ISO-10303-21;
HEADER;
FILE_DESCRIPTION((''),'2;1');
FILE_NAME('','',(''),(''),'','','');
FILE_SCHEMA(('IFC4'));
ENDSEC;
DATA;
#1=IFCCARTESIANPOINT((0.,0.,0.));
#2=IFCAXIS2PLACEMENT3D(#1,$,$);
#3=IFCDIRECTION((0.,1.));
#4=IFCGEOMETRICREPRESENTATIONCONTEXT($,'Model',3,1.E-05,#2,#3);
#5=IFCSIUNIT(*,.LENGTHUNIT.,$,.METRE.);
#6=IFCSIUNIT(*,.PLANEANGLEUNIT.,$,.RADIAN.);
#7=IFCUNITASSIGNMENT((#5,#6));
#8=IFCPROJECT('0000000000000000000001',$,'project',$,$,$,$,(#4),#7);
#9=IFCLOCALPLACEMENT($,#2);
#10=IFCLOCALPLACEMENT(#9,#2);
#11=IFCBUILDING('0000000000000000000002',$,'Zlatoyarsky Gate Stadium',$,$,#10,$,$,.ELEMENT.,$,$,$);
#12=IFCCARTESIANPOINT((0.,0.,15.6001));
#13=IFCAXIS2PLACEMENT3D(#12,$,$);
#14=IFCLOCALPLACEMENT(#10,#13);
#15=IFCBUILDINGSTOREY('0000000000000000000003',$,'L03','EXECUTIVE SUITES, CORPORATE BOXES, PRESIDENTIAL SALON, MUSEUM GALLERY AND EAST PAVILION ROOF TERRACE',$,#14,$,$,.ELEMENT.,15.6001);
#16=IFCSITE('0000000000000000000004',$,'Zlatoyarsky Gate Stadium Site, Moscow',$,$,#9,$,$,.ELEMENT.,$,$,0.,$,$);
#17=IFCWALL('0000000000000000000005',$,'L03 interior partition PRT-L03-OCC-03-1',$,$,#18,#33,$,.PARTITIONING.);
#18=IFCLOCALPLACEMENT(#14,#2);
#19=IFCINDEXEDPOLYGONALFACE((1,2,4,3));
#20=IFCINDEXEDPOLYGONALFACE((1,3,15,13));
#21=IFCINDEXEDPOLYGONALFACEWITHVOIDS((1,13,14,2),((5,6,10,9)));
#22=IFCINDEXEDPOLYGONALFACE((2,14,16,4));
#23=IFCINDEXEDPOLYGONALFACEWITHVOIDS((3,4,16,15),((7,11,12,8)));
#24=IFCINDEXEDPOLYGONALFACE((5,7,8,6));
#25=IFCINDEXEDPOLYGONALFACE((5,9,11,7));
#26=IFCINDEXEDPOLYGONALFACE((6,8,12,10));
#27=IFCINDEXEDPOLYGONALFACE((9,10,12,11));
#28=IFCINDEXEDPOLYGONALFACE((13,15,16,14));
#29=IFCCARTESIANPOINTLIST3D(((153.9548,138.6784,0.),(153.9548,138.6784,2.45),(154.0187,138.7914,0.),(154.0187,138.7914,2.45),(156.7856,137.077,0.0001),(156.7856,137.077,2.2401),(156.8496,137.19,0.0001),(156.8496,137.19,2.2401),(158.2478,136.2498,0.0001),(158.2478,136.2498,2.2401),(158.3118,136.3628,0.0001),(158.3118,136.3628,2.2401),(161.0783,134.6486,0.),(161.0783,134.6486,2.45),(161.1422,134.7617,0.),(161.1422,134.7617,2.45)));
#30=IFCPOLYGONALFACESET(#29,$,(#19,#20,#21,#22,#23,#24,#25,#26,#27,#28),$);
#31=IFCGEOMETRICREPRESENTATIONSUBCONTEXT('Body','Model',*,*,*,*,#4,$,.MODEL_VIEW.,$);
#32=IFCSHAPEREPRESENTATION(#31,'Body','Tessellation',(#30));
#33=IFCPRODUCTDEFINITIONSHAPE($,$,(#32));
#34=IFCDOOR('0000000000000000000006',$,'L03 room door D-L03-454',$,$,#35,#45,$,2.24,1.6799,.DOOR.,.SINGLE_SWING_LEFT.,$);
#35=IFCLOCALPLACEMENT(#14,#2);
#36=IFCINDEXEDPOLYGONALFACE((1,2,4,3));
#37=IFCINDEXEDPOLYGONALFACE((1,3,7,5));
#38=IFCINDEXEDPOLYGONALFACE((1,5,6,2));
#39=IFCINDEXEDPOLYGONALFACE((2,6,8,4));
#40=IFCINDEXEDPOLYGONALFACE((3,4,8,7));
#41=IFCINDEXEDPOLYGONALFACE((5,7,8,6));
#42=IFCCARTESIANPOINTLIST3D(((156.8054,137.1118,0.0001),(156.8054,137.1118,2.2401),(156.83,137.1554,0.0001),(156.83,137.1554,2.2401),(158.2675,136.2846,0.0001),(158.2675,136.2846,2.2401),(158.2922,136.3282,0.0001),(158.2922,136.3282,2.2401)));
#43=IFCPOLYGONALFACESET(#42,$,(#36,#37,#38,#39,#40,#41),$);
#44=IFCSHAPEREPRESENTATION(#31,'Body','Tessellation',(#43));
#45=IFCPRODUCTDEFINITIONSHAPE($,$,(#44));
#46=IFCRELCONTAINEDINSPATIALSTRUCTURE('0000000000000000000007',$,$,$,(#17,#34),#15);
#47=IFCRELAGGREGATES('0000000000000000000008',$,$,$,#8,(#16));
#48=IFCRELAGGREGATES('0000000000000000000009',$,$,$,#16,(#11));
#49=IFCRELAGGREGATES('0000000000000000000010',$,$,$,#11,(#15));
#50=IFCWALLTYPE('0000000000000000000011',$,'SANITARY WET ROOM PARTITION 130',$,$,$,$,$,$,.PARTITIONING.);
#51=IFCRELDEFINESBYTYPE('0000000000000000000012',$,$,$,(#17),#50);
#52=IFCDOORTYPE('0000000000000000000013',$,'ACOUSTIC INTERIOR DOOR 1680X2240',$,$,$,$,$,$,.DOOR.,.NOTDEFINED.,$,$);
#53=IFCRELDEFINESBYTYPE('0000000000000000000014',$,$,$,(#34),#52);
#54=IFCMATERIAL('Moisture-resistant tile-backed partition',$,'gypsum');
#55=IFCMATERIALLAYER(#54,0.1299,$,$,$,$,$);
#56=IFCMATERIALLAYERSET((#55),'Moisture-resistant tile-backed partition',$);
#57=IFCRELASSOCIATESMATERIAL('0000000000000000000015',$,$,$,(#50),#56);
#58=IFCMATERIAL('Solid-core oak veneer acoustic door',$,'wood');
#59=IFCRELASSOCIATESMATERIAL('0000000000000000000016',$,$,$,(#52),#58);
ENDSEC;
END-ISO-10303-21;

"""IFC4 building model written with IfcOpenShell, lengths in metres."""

from ifc_helpers import new_model, si_unit, direction, frame, frame_2d, origin, place, context, subcontext, project, spatial, rectangle, extrude, material, layer, layer_set, type_object, element, fill, save


model = new_model("IFC4")

# Units and contexts
model_context = context("Model", 3, precision=1e-05, world=origin(), true_north=direction((0.0, 1.0)))
body_context = subcontext(model_context, "Body", "Model", "MODEL_VIEW")
ifc_project = project(units=[si_unit("LENGTHUNIT", "METRE"), si_unit("PLANEANGLEUNIT", "RADIAN")], contexts=[model_context])

# Site, building, storey
site_placement = place(None, origin())
site = spatial("IfcSite", under=ifc_project, at=site_placement, Name="Zlatoyarsky Gate Stadium Site, Moscow", CompositionType="ELEMENT", RefElevation=0.0)
building_placement = place(site_placement, origin())
building = spatial("IfcBuilding", under=site, at=building_placement, Name="Zlatoyarsky Gate Stadium", CompositionType="ELEMENT")
storey_placement = place(building_placement, frame((0.0, 0.0, 15.6001)))
storey = spatial("IfcBuildingStorey", under=building, at=storey_placement, Name="L03", Description="EXECUTIVE SUITES, CORPORATE BOXES, PRESIDENTIAL SALON, MUSEUM GALLERY AND EAST PAVILION ROOF TERRACE", CompositionType="ELEMENT", Elevation=15.6001)

# Wall, opening, door
ifc_material_1 = material(Name="Moisture-resistant tile-backed partition", Category="gypsum")
ifc_layer_1 = layer(ifc_material_1, 0.1299)
ifc_layer_set_1 = layer_set([ifc_layer_1], Name="Moisture-resistant tile-backed partition")
wall_type_1 = type_object("IfcWallType", Name="SANITARY WET ROOM PARTITION 130", PredefinedType="PARTITIONING", material=ifc_layer_set_1)
wall_1_placement = place(storey_placement, frame((161.1104, 134.7051, 0.0), z_axis=(0.0, 0.0, 1.0), x_axis=(-0.870383, 0.492376, 0.0)))
wall_1 = element("IfcWall", 1, at=wall_1_placement, inside=storey, type_object=wall_type_1, Name="L03 interior partition PRT-L03-OCC-03-1", PredefinedType="PARTITIONING", context=body_context, shape_type="SweptSolid", body=[
    extrude(rectangle(XDim=8.1843, YDim=0.1299, at=frame_2d((4.0923, 0.0))), origin(), (0.0, 0.0, 1.0), 2.45),
])
opening_placement = place(wall_1_placement, frame((3.2522, 0.0, 0.0)))
opening = element("IfcOpeningElement", 2, at=opening_placement, cuts=wall_1, PredefinedType="OPENING", context=body_context, shape_type="SweptSolid", body=[
    extrude(rectangle(XDim=1.6799, YDim=2.24, at=frame_2d((0.8398, 1.1201))), frame((0.0, 0.075, 0.0), z_axis=(0.0, -1.0, 0.0), x_axis=(1.0, 0.0, 0.0)), (0.0, 0.0, 1.0), 0.1499),
])
ifc_material_2 = material(Name="Solid-core oak veneer acoustic door", Category="wood")
door_type = type_object("IfcDoorType", Name="ACOUSTIC INTERIOR DOOR 1680X2240", OperationType="NOTDEFINED", PredefinedType="DOOR", material=ifc_material_2)
door_placement = place(opening_placement, origin())
door = element("IfcDoor", 3, at=door_placement, inside=storey, type_object=door_type, Name="L03 room door D-L03-454", OperationType="SINGLE_SWING_LEFT", OverallHeight=2.24, OverallWidth=1.6799, PredefinedType="DOOR", context=body_context, shape_type="SweptSolid", body=[
    extrude(rectangle(XDim=1.6799, YDim=2.24, at=frame_2d((0.8398, 1.1201))), frame((0.0, 0.0249, 0.0), z_axis=(0.0, -1.0, 0.0), x_axis=(1.0, 0.0, 0.0)), (0.0, 0.0, 1.0), 0.05),
])
fill(opening, door)

save(model, "model.ifc")
